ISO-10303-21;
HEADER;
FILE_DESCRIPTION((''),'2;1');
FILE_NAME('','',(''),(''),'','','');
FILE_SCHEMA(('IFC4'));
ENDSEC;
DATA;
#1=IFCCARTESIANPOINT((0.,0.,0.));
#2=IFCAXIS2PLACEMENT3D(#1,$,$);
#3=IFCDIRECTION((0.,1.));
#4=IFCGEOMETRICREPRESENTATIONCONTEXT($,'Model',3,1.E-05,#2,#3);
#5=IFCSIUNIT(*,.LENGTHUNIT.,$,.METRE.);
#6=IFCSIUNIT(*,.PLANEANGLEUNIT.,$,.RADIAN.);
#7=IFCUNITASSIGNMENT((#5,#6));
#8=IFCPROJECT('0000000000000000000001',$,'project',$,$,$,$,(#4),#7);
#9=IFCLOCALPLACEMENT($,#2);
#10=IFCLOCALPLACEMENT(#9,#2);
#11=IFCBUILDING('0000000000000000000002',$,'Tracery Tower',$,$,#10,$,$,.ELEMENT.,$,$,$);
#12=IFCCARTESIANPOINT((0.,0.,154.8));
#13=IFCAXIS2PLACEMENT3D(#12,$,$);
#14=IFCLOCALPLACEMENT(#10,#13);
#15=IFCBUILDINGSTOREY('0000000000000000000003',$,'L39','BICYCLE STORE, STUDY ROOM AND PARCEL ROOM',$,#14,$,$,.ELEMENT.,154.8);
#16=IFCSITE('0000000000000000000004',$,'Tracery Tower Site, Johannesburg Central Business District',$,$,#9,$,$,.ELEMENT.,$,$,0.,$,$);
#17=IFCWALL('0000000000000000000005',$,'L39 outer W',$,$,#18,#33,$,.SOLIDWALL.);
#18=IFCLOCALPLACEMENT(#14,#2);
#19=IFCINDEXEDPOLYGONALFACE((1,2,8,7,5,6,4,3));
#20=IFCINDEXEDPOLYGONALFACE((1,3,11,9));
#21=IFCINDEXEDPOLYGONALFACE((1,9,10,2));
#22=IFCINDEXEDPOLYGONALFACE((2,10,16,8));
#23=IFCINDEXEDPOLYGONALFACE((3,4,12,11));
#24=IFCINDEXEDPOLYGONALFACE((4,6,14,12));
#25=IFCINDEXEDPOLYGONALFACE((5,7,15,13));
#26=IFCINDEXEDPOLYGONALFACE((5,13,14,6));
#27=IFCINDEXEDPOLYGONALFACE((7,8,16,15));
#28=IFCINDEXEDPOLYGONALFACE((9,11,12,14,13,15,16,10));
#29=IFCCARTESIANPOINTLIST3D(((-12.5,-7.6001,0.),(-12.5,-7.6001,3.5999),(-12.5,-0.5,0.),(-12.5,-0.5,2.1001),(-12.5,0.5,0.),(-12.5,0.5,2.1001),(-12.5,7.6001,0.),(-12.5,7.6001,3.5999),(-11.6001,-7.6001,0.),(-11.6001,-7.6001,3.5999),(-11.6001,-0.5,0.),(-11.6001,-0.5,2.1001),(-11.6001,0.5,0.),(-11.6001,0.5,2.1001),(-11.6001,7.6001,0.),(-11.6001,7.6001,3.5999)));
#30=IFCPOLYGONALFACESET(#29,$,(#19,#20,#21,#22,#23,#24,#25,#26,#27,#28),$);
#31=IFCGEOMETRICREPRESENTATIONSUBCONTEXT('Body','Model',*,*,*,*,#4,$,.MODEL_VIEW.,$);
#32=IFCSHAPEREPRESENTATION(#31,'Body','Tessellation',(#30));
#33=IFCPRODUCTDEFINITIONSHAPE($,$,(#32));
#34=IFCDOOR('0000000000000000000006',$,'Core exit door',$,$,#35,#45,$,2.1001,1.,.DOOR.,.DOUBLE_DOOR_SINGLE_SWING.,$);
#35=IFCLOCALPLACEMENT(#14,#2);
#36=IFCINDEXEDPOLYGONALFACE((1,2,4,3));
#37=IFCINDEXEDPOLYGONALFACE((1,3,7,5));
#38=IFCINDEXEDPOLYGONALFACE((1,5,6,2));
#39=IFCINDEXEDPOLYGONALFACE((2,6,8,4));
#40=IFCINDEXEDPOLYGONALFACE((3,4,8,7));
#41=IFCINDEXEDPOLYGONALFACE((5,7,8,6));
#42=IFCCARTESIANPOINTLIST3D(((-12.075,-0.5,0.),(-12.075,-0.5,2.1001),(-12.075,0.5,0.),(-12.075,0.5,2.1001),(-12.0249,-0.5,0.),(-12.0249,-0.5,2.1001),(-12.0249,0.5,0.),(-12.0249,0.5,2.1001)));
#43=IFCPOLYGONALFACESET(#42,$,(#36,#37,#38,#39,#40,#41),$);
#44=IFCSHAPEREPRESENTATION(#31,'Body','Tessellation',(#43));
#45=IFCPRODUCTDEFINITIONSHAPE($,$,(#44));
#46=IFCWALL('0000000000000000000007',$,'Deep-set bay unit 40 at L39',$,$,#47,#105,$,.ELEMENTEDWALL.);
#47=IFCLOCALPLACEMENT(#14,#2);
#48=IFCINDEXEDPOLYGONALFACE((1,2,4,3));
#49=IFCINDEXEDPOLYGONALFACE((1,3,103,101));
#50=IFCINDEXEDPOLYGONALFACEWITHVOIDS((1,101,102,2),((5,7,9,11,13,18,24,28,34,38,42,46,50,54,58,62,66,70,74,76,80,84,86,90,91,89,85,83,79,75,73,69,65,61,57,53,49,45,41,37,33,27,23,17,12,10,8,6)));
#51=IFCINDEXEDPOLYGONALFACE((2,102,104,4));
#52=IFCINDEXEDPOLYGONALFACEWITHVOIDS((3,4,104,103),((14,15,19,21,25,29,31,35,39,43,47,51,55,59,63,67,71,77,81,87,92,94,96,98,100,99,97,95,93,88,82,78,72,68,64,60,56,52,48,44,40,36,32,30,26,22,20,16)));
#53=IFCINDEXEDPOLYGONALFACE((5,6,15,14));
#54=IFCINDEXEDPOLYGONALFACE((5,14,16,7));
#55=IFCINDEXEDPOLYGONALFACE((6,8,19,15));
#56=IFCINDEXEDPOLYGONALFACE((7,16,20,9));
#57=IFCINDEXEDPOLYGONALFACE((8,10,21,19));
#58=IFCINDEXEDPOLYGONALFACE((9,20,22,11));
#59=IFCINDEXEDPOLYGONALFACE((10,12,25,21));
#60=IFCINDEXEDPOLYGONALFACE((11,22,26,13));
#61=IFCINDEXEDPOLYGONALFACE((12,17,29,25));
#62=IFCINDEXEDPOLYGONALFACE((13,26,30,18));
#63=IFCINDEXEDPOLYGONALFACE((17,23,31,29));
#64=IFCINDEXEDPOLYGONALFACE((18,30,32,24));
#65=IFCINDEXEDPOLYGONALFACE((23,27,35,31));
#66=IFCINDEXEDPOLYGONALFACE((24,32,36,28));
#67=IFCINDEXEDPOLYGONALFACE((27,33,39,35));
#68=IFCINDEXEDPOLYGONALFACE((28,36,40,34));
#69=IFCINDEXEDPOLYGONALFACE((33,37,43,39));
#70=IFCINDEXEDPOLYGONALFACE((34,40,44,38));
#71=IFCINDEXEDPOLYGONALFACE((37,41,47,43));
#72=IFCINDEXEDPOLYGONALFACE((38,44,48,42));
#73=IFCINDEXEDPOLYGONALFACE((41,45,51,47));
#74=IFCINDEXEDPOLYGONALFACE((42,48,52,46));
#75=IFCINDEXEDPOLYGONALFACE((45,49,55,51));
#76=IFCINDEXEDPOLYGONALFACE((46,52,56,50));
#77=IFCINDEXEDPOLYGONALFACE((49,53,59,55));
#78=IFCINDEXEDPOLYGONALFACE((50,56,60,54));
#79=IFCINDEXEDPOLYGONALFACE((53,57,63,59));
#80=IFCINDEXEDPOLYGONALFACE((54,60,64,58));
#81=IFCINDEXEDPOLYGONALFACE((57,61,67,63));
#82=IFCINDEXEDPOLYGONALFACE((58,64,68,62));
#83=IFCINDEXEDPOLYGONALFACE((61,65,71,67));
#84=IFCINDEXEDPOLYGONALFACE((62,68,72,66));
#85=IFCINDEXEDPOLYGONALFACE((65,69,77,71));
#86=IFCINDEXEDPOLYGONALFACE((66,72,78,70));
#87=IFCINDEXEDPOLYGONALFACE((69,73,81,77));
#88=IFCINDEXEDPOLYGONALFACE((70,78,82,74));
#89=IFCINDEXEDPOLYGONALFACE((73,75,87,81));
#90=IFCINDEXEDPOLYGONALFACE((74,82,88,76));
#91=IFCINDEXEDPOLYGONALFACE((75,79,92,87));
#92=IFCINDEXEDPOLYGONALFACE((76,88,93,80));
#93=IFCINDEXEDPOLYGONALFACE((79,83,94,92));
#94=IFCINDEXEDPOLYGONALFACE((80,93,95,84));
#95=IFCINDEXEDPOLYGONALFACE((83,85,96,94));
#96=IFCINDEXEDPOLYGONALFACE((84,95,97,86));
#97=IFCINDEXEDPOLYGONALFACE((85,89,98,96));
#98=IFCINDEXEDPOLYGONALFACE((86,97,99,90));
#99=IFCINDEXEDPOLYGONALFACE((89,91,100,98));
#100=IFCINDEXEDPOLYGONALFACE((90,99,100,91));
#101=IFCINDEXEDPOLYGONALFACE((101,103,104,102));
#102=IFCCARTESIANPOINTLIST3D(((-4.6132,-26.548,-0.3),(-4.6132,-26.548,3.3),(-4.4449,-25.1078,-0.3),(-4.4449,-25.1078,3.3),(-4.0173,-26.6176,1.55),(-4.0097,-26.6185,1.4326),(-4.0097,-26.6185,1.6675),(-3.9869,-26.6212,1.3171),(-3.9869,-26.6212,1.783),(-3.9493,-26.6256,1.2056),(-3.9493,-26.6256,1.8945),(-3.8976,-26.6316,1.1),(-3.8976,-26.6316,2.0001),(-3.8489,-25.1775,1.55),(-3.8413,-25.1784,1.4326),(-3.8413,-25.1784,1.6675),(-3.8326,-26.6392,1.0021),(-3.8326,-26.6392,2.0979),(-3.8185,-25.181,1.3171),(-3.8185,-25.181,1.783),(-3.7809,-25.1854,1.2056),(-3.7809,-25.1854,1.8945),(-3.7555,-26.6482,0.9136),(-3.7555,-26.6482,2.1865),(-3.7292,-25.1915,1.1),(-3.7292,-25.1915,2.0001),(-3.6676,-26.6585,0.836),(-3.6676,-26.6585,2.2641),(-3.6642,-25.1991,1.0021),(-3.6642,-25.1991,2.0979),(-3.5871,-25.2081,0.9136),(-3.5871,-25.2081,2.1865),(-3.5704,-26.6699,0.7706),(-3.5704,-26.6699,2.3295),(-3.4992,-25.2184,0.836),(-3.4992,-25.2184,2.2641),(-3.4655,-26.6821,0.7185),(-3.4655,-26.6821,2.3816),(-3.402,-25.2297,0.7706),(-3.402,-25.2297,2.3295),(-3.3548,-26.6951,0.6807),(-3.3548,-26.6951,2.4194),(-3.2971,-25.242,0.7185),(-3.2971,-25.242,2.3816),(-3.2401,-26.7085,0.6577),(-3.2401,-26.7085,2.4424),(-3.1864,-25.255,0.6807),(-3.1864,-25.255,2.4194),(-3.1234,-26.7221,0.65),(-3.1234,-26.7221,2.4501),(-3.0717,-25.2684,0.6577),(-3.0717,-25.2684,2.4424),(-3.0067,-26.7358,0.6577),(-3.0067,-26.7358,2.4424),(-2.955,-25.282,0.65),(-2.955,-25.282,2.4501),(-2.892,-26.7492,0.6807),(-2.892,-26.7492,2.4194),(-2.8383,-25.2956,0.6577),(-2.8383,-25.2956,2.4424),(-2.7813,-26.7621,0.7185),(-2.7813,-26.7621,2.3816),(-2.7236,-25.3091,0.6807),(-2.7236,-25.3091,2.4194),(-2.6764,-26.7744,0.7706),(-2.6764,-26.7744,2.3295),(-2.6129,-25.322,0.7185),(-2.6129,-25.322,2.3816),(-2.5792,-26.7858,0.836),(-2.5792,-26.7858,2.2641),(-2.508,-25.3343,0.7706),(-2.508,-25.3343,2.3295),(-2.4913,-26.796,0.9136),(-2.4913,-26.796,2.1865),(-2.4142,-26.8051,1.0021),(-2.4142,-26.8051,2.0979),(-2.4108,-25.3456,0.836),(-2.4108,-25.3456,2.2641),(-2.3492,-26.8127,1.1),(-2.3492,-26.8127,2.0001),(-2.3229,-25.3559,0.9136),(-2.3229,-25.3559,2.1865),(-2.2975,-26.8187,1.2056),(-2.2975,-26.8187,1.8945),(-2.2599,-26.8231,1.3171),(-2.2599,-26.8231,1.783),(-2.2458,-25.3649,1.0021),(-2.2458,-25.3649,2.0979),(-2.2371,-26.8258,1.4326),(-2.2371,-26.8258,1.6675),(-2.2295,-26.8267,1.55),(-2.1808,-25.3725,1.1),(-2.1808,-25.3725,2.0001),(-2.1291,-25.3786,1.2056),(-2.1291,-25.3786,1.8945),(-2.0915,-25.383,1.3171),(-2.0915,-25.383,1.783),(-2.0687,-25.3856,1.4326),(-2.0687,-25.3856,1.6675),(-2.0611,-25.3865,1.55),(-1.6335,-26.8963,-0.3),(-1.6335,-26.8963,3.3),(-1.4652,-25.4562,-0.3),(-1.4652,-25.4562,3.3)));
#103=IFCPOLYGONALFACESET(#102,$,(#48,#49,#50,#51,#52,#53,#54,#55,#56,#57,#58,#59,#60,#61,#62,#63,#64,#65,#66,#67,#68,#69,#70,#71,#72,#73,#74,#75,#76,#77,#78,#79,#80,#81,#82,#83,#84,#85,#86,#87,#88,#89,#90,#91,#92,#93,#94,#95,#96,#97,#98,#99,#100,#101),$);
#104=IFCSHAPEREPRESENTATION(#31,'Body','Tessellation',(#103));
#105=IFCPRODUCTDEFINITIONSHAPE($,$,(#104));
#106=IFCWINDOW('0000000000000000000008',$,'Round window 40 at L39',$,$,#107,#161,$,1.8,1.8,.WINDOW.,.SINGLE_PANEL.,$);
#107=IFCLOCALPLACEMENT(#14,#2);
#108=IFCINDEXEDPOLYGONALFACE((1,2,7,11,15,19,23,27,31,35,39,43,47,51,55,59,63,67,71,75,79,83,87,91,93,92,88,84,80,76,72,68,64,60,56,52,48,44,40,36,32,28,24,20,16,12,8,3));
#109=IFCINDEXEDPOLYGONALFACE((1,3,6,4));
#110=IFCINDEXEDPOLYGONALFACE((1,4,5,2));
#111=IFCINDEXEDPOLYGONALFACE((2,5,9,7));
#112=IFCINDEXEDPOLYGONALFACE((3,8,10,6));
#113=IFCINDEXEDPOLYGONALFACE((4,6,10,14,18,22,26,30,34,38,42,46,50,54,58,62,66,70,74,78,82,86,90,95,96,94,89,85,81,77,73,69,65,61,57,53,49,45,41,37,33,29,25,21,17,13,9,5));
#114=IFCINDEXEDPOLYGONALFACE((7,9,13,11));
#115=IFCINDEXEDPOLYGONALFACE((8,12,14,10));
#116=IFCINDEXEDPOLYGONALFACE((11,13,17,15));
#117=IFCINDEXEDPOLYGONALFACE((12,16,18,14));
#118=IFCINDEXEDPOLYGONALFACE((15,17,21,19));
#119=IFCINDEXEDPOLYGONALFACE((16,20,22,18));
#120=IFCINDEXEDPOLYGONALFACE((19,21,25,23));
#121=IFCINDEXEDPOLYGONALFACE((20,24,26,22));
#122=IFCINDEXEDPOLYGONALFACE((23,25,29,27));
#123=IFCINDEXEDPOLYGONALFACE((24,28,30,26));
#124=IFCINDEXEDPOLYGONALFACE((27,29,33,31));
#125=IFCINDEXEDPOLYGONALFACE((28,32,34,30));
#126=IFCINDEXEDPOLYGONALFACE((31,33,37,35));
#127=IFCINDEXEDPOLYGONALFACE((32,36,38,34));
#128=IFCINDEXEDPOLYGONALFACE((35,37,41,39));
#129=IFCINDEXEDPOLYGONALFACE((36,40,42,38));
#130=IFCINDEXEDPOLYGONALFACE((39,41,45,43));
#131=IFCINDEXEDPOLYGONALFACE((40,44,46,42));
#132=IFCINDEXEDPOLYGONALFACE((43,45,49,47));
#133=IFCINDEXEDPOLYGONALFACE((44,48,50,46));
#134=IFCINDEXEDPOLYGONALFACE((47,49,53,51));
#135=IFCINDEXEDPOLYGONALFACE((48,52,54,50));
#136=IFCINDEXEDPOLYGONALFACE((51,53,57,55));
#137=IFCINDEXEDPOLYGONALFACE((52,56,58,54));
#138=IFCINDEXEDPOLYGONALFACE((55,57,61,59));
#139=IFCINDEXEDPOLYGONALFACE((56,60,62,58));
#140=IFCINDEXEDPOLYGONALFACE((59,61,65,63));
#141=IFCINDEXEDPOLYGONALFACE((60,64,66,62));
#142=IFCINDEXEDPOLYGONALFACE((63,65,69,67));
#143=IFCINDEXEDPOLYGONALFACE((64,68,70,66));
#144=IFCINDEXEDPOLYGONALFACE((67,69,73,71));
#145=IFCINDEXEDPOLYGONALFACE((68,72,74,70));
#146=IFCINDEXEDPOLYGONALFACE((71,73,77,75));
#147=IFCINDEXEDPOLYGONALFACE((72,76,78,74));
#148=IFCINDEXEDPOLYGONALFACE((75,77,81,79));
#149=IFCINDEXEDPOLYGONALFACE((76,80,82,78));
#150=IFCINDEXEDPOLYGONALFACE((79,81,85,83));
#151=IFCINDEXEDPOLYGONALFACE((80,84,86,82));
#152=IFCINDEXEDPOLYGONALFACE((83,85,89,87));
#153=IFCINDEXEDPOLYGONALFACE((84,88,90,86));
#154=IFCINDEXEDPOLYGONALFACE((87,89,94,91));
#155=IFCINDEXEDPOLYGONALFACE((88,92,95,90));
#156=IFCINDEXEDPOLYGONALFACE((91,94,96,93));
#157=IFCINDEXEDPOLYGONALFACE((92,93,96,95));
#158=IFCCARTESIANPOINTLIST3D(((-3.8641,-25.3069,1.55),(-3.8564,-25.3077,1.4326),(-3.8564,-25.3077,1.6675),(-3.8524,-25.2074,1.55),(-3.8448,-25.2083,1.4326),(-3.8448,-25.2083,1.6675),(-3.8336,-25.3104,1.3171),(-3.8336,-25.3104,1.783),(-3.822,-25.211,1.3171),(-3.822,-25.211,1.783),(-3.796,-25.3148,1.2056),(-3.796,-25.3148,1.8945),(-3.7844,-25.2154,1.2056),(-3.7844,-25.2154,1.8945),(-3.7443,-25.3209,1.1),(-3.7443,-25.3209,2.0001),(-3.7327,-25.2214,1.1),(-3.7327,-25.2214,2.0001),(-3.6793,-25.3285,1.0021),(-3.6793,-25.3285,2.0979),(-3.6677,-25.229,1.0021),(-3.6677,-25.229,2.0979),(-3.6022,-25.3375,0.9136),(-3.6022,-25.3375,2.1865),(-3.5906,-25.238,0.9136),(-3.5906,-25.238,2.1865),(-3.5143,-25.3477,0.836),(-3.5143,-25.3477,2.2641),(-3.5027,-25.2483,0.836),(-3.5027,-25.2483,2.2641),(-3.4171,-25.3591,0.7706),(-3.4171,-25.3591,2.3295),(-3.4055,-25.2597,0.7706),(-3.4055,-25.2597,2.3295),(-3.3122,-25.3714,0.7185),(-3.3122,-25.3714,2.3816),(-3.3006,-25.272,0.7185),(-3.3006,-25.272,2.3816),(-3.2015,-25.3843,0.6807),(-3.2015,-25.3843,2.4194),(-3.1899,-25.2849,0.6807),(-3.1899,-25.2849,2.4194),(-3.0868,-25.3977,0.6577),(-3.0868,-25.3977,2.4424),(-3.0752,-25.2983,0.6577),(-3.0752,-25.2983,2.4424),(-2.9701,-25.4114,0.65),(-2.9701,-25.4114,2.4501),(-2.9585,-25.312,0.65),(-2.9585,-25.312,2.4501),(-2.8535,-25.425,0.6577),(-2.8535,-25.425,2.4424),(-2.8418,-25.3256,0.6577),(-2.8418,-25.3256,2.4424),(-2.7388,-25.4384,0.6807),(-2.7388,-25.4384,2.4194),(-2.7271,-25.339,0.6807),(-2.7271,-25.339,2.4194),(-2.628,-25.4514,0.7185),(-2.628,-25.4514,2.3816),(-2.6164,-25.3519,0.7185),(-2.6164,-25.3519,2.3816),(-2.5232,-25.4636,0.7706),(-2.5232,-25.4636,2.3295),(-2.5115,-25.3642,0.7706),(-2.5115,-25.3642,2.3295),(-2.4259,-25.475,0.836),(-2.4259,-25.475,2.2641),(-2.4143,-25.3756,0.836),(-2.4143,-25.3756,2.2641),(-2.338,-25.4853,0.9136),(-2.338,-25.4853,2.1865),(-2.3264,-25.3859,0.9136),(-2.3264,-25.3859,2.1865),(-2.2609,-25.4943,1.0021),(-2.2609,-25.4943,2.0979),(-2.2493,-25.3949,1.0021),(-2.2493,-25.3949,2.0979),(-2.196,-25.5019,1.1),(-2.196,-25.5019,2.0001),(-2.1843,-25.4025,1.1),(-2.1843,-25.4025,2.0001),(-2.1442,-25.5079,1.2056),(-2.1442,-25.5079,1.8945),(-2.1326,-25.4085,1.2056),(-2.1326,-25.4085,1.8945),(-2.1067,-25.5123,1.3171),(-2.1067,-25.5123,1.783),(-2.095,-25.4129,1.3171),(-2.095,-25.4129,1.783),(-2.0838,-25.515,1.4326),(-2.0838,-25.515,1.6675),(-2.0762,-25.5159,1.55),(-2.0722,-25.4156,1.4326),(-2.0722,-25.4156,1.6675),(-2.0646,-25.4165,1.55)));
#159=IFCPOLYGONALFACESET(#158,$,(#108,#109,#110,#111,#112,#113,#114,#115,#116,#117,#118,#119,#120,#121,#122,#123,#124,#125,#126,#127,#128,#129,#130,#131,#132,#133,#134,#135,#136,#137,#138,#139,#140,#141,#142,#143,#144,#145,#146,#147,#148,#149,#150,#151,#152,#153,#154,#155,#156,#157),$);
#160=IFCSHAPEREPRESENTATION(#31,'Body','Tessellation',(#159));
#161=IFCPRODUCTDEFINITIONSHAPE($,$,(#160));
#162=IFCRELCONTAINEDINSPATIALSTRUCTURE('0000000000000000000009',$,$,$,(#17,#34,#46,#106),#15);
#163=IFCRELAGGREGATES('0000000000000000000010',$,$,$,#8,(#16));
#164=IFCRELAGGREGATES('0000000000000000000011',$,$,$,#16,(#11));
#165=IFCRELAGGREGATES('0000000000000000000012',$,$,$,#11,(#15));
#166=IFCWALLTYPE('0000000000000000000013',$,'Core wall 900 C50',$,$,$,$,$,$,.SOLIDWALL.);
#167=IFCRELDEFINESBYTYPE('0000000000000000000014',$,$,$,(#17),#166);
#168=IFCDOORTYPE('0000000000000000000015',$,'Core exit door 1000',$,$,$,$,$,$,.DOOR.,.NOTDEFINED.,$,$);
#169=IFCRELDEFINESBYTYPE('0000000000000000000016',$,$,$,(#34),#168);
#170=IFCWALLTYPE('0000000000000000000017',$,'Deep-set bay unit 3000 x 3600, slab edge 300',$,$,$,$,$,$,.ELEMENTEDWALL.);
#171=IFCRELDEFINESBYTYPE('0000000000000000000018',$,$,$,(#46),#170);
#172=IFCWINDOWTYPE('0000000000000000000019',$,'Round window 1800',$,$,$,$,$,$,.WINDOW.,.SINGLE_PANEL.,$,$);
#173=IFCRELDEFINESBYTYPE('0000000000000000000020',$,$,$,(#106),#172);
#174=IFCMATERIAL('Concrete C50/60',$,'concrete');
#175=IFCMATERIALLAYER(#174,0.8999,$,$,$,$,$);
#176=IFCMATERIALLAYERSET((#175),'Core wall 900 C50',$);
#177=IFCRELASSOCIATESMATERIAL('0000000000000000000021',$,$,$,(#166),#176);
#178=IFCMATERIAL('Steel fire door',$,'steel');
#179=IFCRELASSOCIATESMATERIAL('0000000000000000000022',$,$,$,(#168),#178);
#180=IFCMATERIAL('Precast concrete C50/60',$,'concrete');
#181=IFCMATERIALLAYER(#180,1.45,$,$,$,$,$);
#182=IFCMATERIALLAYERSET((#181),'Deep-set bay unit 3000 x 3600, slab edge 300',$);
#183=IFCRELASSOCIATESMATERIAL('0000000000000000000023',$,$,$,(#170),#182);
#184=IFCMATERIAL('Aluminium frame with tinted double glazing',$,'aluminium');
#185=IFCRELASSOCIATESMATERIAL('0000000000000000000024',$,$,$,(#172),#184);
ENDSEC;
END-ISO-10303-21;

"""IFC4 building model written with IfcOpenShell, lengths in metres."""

from ifc_helpers import new_model, si_unit, direction, frame, frame_2d, origin, origin_2d, place, context, subcontext, project, spatial, rectangle, circle, extrude, material, layer, layer_set, type_object, element, fill, save


model = new_model("IFC4")

# Units and contexts
model_context = context("Model", 3, precision=1e-05, world=origin(), true_north=direction((0.0, 1.0)))
body_context = subcontext(model_context, "Body", "Model", "MODEL_VIEW")
ifc_project = project(units=[si_unit("LENGTHUNIT", "METRE"), si_unit("PLANEANGLEUNIT", "RADIAN")], contexts=[model_context])

# Site, building, storey
site_placement = place(None, origin())
site = spatial("IfcSite", under=ifc_project, at=site_placement, Name="Tracery Tower Site, Johannesburg Central Business District", CompositionType="ELEMENT", RefElevation=0.0)
building_placement = place(site_placement, origin())
building = spatial("IfcBuilding", under=site, at=building_placement, Name="Tracery Tower", CompositionType="ELEMENT")
storey_placement = place(building_placement, frame((0.0, 0.0, 154.8)))
storey = spatial("IfcBuildingStorey", under=building, at=storey_placement, Name="L39", Description="BICYCLE STORE, STUDY ROOM AND PARCEL ROOM", CompositionType="ELEMENT", Elevation=154.8)

# Wall, opening, door
ifc_material_1 = material(Name="Concrete C50/60", Category="concrete")
ifc_layer_1 = layer(ifc_material_1, 0.8999)
ifc_layer_set_1 = layer_set([ifc_layer_1], Name="Core wall 900 C50")
wall_type_1 = type_object("IfcWallType", Name="Core wall 900 C50", PredefinedType="SOLIDWALL", material=ifc_layer_set_1)
wall_1_placement = place(storey_placement, frame((-12.05, -7.6001, 0.0), z_axis=(0.0, 0.0, 1.0), x_axis=(0.0, 1.0, 0.0)))
wall_1 = element("IfcWall", 1, at=wall_1_placement, inside=storey, type_object=wall_type_1, Name="L39 outer W", PredefinedType="SOLIDWALL", context=body_context, shape_type="SweptSolid", body=[
    extrude(rectangle(XDim=15.2002, YDim=0.8999, at=frame_2d((7.6001, 0.0))), origin(), (0.0, 0.0, 1.0), 3.5999),
])
opening_1_placement = place(wall_1_placement, frame((7.1001, 0.0, 0.0)))
opening_1 = element("IfcOpeningElement", 2, at=opening_1_placement, cuts=wall_1, PredefinedType="OPENING", context=body_context, shape_type="SweptSolid", body=[
    extrude(rectangle(XDim=1.0, YDim=2.1001, at=frame_2d((0.5, 1.05))), frame((0.0, 0.45, 0.0), z_axis=(0.0, -1.0, 0.0), x_axis=(1.0, 0.0, 0.0)), (0.0, 0.0, 1.0), 0.8999),
])
ifc_material_2 = material(Name="Steel fire door", Category="steel")
door_type_1 = type_object("IfcDoorType", Name="Core exit door 1000", OperationType="NOTDEFINED", PredefinedType="DOOR", material=ifc_material_2)
door_1_placement = place(opening_1_placement, origin())
door_1 = element("IfcDoor", 3, at=door_1_placement, inside=storey, type_object=door_type_1, Name="Core exit door", OperationType="DOUBLE_DOOR_SINGLE_SWING", OverallHeight=2.1001, OverallWidth=1.0, PredefinedType="DOOR", context=body_context, shape_type="SweptSolid", body=[
    extrude(rectangle(XDim=1.0, YDim=2.1001, at=frame_2d((0.5, 1.05))), frame((0.0, 0.0249, 0.0), z_axis=(0.0, -1.0, 0.0), x_axis=(1.0, 0.0, 0.0)), (0.0, 0.0, 1.0), 0.05),
])
fill(opening_1, door_1)

# Wall, opening, window
ifc_material_3 = material(Name="Precast concrete C50/60", Category="concrete")
ifc_layer_2 = layer(ifc_material_3, 1.45)
ifc_layer_set_2 = layer_set([ifc_layer_2], Name="Deep-set bay unit 3000 x 3600, slab edge 300")
wall_type_2 = type_object("IfcWallType", Name="Deep-set bay unit 3000 x 3600, slab edge 300", PredefinedType="ELEMENTEDWALL", material=ifc_layer_set_2)
wall_2_placement = place(storey_placement, frame((-4.5291, -25.8279, -0.3), z_axis=(0.0, 0.0, 1.0), x_axis=(0.993234, -0.116128, 0.0)))
wall_2 = element("IfcWall", 4, at=wall_2_placement, inside=storey, type_object=wall_type_2, Name="Deep-set bay unit 40 at L39", PredefinedType="ELEMENTEDWALL", context=body_context, shape_type="SweptSolid", body=[
    extrude(rectangle(XDim=3.0, YDim=1.45, at=frame_2d((1.5, 0.0))), origin(), (0.0, 0.0, 1.0), 3.6001),
])
opening_2_placement = place(wall_2_placement, frame((1.5, 0.0, 1.8501)))
opening_2 = element("IfcOpeningElement", 5, at=opening_2_placement, cuts=wall_2, PredefinedType="OPENING", context=body_context, shape_type="SweptSolid", body=[
    extrude(circle(Radius=0.9, at=origin_2d()), frame((0.0, 0.7349, 0.0), z_axis=(0.0, -1.0, 0.0), x_axis=(1.0, 0.0, 0.0)), (0.0, 0.0, 1.0), 1.47),
])
ifc_material_4 = material(Name="Aluminium frame with tinted double glazing", Category="aluminium")
window_type = type_object("IfcWindowType", Name="Round window 1800", PartitioningType="SINGLE_PANEL", PredefinedType="WINDOW", material=ifc_material_4)
window_1_placement = place(opening_2_placement, origin())
window_1 = element("IfcWindow", 6, at=window_1_placement, inside=storey, type_object=window_type, Name="Round window 40 at L39", OverallHeight=1.8, OverallWidth=1.8, PartitioningType="SINGLE_PANEL", PredefinedType="WINDOW", context=body_context, shape_type="SweptSolid", body=[
    extrude(circle(Radius=0.9, at=origin_2d()), frame((0.0, 0.6948, 0.0), z_axis=(0.0, -1.0, 0.0), x_axis=(1.0, 0.0, 0.0)), (0.0, 0.0, 1.0), 0.1001),
])
fill(opening_2, window_1)

save(model, "model.ifc")
